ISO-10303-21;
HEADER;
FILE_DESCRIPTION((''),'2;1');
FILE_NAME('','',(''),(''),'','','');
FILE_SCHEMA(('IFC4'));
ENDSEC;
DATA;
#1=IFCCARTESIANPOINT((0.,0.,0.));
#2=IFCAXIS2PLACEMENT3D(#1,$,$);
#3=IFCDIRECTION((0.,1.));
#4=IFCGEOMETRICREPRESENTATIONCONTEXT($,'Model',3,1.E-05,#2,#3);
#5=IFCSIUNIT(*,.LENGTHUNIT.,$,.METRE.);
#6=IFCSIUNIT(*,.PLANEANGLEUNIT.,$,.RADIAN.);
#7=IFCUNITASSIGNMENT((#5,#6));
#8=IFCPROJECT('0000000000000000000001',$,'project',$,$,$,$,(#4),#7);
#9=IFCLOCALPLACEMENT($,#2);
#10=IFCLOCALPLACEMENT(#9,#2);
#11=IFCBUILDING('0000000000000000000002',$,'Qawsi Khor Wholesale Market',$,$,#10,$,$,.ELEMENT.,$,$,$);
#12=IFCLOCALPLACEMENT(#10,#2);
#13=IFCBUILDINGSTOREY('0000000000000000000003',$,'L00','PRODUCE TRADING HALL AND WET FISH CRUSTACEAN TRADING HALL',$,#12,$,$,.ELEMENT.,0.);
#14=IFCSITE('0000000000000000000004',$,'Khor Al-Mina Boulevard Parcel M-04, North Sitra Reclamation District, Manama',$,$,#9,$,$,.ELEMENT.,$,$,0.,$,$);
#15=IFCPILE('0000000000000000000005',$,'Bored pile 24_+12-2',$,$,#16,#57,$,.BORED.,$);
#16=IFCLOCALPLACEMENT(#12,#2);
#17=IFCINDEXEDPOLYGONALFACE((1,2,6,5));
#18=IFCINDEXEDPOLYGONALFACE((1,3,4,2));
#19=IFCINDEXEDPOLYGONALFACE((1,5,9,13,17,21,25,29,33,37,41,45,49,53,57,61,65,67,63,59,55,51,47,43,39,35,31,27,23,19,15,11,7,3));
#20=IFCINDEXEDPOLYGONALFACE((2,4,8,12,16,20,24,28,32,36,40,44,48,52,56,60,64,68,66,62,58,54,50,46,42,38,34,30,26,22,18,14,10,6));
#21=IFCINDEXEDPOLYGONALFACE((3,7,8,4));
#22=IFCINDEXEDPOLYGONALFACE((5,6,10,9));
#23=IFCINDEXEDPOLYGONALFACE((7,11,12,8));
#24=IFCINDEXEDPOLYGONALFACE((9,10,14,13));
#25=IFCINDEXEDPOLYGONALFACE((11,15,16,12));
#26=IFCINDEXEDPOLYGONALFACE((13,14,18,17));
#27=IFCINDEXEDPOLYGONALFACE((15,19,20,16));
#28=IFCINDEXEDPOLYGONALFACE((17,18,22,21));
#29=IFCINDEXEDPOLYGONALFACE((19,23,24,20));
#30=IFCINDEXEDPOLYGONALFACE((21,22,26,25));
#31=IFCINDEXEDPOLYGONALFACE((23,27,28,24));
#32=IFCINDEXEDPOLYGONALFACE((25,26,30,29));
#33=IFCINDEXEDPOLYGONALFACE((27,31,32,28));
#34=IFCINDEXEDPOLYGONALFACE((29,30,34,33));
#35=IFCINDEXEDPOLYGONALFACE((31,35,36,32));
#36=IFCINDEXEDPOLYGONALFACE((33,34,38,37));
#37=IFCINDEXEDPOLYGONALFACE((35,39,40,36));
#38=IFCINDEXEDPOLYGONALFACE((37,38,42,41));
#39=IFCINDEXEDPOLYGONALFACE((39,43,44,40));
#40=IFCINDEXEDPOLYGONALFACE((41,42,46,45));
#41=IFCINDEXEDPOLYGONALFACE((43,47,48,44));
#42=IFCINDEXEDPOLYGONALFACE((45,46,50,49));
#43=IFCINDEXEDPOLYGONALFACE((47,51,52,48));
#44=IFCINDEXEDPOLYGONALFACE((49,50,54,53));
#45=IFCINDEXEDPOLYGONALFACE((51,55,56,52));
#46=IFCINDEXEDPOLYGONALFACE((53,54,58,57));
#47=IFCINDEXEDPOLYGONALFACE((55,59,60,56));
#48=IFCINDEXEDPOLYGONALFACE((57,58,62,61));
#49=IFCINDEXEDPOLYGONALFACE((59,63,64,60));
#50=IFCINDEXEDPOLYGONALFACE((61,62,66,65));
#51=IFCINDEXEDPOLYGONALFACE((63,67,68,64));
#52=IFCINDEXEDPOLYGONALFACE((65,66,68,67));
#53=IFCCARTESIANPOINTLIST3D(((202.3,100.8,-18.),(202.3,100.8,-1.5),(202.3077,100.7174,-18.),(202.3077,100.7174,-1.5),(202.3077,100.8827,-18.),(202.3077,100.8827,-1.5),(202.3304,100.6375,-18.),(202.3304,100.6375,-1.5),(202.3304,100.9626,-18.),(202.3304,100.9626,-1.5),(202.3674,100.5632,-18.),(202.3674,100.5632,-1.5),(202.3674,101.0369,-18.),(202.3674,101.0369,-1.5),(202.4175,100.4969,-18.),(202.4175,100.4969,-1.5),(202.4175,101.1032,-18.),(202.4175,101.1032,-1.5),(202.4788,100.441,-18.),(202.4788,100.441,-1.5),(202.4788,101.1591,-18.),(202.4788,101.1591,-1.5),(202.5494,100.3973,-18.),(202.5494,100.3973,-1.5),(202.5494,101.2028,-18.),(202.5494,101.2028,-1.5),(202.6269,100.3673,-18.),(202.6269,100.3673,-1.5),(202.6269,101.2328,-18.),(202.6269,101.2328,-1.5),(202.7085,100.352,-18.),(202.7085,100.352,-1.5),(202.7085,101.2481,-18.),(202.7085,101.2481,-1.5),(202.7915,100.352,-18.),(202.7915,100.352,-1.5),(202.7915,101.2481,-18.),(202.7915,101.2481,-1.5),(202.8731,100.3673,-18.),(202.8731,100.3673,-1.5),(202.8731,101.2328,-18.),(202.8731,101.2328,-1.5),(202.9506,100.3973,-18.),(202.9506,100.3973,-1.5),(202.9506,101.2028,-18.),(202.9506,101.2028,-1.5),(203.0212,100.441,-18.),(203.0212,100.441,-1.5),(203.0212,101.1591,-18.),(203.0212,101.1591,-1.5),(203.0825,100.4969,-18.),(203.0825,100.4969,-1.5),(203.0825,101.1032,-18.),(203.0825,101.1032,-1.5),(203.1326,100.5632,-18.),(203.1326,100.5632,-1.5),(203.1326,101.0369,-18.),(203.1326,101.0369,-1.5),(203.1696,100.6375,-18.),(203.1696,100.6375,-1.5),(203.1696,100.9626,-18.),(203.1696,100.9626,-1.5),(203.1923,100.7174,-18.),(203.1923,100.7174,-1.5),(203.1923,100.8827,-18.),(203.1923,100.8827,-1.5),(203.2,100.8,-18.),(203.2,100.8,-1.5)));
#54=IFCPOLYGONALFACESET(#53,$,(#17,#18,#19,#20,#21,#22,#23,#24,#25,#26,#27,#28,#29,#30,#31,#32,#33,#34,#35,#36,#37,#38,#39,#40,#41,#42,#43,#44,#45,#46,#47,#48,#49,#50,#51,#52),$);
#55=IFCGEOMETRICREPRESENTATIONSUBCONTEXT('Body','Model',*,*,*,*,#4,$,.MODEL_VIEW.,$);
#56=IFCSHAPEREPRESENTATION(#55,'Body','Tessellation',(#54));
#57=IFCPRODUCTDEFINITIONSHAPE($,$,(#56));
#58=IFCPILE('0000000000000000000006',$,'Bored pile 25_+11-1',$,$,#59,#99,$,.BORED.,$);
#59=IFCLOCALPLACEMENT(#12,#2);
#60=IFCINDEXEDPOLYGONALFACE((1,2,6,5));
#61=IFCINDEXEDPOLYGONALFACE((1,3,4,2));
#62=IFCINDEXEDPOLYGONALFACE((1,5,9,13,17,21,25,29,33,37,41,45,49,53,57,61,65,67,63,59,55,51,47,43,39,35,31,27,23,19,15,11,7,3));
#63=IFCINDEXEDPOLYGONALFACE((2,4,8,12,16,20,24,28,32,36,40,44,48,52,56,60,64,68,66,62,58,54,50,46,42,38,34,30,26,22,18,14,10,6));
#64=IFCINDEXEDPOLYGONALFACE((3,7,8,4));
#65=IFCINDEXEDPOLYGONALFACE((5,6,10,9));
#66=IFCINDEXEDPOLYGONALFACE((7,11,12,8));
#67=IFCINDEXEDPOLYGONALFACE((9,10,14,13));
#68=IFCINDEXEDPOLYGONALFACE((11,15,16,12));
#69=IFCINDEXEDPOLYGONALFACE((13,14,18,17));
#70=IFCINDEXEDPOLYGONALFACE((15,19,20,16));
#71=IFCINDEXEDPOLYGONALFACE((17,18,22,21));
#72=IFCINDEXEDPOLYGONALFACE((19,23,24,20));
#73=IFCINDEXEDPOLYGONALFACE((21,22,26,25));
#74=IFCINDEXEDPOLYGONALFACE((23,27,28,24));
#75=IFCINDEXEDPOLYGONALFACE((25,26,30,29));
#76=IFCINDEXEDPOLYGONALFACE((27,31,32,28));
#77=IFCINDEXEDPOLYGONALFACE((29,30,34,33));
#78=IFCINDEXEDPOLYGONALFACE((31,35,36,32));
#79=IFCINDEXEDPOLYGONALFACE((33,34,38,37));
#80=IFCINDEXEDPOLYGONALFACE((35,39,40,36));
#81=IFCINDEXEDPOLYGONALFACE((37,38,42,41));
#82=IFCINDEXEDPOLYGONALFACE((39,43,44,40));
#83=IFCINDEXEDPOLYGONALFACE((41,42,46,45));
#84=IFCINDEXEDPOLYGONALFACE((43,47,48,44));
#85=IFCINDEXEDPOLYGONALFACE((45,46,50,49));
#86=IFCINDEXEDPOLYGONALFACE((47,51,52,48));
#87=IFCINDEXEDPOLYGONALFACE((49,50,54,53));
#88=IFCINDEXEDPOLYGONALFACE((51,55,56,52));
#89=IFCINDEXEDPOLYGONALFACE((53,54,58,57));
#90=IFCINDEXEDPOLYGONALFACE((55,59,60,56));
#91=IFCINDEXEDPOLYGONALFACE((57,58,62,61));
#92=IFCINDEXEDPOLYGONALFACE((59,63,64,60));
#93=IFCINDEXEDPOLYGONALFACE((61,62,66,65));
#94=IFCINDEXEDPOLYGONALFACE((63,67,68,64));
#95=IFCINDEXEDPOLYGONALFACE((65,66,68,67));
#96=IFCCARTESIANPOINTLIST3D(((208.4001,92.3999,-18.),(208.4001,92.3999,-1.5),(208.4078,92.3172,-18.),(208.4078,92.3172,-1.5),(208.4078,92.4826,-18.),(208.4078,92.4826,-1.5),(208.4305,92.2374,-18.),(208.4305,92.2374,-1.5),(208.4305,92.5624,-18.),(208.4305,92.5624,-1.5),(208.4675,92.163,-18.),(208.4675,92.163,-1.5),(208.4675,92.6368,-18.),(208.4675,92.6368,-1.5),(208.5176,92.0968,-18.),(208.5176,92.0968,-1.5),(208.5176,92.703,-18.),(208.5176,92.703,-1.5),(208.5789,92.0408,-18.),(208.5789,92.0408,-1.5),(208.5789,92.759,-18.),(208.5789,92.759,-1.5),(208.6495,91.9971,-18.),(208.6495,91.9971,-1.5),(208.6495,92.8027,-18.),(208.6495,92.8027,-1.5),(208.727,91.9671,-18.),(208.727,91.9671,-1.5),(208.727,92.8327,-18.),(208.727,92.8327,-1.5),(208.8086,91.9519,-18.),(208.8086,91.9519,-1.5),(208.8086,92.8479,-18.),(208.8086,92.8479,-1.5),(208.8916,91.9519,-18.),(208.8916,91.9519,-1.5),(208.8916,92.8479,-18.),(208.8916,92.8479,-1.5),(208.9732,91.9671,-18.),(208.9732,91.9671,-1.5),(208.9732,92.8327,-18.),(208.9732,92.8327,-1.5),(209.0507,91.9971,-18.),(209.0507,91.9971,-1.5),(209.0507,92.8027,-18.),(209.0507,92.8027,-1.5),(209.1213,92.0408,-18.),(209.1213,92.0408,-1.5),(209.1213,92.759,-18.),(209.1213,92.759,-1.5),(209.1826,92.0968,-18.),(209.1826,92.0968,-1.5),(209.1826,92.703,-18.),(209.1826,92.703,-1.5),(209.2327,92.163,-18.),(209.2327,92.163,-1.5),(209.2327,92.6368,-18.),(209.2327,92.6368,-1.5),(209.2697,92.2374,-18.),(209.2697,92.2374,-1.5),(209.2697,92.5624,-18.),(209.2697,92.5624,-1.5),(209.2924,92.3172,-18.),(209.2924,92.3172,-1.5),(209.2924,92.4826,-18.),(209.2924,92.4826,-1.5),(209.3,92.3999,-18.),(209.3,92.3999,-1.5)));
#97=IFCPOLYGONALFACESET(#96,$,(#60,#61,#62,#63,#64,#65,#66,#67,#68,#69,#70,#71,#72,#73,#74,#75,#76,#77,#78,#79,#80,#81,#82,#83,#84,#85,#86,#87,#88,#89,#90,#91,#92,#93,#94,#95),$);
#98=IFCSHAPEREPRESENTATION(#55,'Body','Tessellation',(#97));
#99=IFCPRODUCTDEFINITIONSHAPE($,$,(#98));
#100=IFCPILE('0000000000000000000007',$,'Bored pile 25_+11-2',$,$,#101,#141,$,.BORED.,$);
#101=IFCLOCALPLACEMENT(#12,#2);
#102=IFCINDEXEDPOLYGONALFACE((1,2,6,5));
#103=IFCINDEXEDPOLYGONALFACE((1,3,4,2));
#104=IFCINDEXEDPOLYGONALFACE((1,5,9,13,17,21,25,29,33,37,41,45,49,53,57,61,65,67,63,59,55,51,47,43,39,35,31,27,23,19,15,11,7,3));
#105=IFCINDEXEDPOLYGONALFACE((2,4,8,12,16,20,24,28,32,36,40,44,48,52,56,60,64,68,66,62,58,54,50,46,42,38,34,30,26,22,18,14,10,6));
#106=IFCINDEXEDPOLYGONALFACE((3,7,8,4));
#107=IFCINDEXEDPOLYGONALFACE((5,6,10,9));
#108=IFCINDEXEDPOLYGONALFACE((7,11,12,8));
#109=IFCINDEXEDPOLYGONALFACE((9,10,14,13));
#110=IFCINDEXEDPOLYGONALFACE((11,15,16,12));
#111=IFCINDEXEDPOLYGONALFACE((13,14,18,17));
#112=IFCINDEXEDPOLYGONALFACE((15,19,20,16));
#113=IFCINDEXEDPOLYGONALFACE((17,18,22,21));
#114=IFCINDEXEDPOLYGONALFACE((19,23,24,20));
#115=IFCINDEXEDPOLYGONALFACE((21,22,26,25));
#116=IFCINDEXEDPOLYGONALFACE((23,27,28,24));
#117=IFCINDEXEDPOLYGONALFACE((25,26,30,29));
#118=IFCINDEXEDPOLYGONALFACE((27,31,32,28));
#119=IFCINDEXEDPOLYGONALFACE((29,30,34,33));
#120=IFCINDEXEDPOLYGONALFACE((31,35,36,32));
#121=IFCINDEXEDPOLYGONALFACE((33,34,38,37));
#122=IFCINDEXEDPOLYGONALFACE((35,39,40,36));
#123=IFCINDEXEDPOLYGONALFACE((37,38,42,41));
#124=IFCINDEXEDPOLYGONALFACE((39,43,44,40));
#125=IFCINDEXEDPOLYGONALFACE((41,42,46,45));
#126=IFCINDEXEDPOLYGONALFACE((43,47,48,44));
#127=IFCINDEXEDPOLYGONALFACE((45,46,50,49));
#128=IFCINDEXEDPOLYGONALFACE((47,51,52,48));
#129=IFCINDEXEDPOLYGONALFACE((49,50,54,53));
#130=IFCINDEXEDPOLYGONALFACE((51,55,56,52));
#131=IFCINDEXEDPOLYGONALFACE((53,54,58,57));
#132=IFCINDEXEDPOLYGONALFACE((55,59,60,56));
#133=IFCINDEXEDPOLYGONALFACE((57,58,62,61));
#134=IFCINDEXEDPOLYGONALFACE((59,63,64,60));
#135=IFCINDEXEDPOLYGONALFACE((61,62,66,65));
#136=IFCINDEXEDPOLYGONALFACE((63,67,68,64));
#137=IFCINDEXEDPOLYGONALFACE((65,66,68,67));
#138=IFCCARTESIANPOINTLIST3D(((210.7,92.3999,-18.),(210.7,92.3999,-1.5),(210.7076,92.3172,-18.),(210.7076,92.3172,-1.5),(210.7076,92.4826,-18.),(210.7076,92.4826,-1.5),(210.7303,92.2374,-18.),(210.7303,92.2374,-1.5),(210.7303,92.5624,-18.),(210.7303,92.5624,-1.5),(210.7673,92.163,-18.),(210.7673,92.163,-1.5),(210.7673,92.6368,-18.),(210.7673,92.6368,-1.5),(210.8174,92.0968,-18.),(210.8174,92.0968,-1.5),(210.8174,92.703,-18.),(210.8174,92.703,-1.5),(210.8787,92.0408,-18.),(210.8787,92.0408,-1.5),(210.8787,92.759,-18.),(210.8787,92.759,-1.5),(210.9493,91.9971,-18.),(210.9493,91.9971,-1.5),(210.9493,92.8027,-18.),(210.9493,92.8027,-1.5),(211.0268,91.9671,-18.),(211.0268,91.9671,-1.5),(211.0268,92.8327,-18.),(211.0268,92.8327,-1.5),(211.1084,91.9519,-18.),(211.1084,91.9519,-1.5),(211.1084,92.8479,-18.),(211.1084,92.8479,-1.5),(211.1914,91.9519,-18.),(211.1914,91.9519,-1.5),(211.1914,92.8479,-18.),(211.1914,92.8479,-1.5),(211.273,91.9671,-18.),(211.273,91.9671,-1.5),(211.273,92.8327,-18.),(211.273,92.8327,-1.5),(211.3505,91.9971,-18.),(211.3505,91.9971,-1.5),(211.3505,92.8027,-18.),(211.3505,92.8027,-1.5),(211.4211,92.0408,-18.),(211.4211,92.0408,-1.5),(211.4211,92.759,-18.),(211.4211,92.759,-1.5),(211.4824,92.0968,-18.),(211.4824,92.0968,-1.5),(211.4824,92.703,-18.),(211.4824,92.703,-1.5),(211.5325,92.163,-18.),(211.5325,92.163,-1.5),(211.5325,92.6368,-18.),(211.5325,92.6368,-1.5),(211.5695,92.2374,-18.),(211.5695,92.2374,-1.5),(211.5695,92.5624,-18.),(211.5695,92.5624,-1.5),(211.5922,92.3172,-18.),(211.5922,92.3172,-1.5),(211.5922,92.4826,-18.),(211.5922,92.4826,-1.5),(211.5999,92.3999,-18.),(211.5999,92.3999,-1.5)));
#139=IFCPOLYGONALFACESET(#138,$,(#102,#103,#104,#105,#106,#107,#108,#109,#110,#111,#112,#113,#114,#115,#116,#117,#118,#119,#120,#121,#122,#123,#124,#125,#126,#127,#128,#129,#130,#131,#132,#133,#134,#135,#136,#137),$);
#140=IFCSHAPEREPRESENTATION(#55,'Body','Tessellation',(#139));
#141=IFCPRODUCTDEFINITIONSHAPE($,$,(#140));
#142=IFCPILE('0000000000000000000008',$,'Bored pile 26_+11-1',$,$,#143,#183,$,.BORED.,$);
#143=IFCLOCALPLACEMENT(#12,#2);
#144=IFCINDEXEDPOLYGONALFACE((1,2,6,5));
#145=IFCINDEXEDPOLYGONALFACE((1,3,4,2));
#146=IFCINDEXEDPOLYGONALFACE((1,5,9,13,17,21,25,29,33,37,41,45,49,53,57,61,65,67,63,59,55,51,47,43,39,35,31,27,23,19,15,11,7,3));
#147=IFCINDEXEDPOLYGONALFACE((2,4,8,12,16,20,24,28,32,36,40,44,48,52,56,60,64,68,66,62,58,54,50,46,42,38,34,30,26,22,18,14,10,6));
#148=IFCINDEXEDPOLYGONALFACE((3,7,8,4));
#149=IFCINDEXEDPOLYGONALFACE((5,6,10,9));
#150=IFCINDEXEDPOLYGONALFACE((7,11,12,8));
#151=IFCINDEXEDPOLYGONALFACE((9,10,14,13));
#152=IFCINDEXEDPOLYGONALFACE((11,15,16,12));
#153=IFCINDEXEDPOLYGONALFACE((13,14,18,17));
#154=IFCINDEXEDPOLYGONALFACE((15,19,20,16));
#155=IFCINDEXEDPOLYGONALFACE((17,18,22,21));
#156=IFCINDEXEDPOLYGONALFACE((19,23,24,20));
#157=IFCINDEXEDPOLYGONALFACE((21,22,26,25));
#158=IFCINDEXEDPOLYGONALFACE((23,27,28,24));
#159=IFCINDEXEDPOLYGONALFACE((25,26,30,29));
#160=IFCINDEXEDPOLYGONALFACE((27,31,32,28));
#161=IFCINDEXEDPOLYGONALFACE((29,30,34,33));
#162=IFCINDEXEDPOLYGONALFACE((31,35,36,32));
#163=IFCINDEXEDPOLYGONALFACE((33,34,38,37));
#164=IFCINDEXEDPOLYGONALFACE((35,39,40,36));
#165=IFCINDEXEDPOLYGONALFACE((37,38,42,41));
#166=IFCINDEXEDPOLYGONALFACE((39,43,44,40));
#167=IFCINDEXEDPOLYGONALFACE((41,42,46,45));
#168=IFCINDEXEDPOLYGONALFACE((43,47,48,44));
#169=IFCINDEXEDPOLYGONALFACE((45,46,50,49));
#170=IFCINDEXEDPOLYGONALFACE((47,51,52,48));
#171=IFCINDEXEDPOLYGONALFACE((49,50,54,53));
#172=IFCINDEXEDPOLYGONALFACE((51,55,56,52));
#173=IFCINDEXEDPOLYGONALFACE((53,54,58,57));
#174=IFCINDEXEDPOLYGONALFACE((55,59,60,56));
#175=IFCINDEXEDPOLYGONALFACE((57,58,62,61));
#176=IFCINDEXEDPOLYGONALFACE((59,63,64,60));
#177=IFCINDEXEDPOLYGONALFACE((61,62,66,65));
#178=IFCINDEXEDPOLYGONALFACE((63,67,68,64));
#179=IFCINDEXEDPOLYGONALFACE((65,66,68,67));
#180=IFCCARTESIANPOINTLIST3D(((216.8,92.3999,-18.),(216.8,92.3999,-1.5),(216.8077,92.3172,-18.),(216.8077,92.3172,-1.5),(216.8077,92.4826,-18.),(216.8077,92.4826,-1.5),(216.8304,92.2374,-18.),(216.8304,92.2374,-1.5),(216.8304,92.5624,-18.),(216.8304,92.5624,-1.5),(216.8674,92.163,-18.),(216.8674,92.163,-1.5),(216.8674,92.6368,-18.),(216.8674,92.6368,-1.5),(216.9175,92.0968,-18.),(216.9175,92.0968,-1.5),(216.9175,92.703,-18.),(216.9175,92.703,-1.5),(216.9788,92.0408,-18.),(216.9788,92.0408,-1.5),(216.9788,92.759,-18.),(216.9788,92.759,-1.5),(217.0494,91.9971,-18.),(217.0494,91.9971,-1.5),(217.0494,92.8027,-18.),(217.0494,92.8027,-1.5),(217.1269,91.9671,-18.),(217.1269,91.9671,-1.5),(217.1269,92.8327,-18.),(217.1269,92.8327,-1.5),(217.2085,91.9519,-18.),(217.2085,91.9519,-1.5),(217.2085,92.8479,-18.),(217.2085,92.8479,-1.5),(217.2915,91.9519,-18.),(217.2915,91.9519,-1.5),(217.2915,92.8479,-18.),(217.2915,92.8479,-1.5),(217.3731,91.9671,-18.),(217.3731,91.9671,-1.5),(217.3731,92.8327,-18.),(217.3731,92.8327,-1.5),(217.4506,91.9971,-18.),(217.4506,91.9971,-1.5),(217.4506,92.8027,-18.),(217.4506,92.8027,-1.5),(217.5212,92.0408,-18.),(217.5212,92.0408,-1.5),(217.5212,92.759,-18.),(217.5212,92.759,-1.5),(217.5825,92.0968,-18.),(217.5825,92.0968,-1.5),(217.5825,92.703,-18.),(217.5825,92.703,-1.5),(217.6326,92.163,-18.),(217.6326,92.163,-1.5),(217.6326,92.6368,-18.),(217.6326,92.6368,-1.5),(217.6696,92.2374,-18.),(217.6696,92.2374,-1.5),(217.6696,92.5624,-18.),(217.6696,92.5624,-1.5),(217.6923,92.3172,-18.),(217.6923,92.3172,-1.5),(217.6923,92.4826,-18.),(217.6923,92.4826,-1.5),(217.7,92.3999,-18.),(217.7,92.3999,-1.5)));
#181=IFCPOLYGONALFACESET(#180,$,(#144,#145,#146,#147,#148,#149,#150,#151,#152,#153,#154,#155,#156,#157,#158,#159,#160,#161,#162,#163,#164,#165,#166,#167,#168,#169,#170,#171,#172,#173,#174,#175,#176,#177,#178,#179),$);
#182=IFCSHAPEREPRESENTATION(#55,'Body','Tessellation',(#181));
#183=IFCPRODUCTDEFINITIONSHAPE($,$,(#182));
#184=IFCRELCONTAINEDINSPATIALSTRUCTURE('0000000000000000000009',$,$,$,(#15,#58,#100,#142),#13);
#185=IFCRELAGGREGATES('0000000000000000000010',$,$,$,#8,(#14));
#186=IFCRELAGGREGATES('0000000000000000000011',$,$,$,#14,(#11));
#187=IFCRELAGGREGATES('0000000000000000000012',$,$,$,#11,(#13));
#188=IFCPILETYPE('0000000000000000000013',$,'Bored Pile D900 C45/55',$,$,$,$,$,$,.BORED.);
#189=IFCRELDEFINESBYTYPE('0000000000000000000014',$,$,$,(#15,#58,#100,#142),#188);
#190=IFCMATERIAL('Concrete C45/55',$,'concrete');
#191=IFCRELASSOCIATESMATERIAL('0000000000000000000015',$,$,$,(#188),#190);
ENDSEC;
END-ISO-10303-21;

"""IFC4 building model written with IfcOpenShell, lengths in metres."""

from ifc_helpers import new_model, si_unit, direction, frame, origin, origin_2d, place, context, subcontext, project, spatial, circle, extrude, material, material_profile, profile_set, type_object, element, save


model = new_model("IFC4")

# Units and contexts
model_context = context("Model", 3, precision=1e-05, world=origin(), true_north=direction((0.0, 1.0)))
body_context = subcontext(model_context, "Body", "Model", "MODEL_VIEW")
ifc_project = project(units=[si_unit("LENGTHUNIT", "METRE"), si_unit("PLANEANGLEUNIT", "RADIAN")], contexts=[model_context])

# Site, building, storey
site_placement = place(None, origin())
site = spatial("IfcSite", under=ifc_project, at=site_placement, Name="Khor Al-Mina Boulevard Parcel M-04, North Sitra Reclamation District, Manama", CompositionType="ELEMENT", RefElevation=0.0)
building_placement = place(site_placement, origin())
building = spatial("IfcBuilding", under=site, at=building_placement, Name="Qawsi Khor Wholesale Market", CompositionType="ELEMENT")
storey_placement = place(building_placement, origin())
storey = spatial("IfcBuildingStorey", under=building, at=storey_placement, Name="L00", Description="PRODUCE TRADING HALL AND WET FISH CRUSTACEAN TRADING HALL", CompositionType="ELEMENT", Elevation=0.0)

# Piles
ifc_material_1 = material(Name="Concrete C45/55", Category="concrete")
ifc_material_profile_1 = material_profile(ifc_material_1, circle(Radius=0.45, at=origin_2d()), Name="PILE D900")
ifc_profile_set_1 = profile_set([ifc_material_profile_1], Name="Concrete C45/55")
pile_type_1 = type_object("IfcPileType", Name="Bored Pile D900 C45/55", PredefinedType="BORED", material=ifc_profile_set_1)
for number, where, z_axis, x_axis, name in (
    (1, (202.75, 100.8, -1.5), (0.0, 0.0, -1.0), (1.0, 0.0, 0.0), "Bored pile 24_+12-2"),
    (2, (208.8501, 92.3999, -1.5), (0.0, 0.0, -1.0), (1.0, 0.0, 0.0), "Bored pile 25_+11-1"),
    (3, (211.1499, 92.3999, -1.5), (0.0, 0.0, -1.0), (1.0, 0.0, 0.0), "Bored pile 25_+11-2"),
    (4, (217.25, 92.3999, -1.5), (0.0, 0.0, -1.0), (1.0, 0.0, 0.0), "Bored pile 26_+11-1"),
):
    element("IfcPile", number, at=place(storey_placement, frame(where, z_axis=z_axis, x_axis=x_axis)), inside=storey, type_object=pile_type_1, Name=name, PredefinedType="BORED", context=body_context, shape_type="SweptSolid", body=[
        extrude(circle(Radius=0.45, at=origin_2d()), origin(), (0.0, 0.0, 1.0), 16.5),
    ])

save(model, "model.ifc")
